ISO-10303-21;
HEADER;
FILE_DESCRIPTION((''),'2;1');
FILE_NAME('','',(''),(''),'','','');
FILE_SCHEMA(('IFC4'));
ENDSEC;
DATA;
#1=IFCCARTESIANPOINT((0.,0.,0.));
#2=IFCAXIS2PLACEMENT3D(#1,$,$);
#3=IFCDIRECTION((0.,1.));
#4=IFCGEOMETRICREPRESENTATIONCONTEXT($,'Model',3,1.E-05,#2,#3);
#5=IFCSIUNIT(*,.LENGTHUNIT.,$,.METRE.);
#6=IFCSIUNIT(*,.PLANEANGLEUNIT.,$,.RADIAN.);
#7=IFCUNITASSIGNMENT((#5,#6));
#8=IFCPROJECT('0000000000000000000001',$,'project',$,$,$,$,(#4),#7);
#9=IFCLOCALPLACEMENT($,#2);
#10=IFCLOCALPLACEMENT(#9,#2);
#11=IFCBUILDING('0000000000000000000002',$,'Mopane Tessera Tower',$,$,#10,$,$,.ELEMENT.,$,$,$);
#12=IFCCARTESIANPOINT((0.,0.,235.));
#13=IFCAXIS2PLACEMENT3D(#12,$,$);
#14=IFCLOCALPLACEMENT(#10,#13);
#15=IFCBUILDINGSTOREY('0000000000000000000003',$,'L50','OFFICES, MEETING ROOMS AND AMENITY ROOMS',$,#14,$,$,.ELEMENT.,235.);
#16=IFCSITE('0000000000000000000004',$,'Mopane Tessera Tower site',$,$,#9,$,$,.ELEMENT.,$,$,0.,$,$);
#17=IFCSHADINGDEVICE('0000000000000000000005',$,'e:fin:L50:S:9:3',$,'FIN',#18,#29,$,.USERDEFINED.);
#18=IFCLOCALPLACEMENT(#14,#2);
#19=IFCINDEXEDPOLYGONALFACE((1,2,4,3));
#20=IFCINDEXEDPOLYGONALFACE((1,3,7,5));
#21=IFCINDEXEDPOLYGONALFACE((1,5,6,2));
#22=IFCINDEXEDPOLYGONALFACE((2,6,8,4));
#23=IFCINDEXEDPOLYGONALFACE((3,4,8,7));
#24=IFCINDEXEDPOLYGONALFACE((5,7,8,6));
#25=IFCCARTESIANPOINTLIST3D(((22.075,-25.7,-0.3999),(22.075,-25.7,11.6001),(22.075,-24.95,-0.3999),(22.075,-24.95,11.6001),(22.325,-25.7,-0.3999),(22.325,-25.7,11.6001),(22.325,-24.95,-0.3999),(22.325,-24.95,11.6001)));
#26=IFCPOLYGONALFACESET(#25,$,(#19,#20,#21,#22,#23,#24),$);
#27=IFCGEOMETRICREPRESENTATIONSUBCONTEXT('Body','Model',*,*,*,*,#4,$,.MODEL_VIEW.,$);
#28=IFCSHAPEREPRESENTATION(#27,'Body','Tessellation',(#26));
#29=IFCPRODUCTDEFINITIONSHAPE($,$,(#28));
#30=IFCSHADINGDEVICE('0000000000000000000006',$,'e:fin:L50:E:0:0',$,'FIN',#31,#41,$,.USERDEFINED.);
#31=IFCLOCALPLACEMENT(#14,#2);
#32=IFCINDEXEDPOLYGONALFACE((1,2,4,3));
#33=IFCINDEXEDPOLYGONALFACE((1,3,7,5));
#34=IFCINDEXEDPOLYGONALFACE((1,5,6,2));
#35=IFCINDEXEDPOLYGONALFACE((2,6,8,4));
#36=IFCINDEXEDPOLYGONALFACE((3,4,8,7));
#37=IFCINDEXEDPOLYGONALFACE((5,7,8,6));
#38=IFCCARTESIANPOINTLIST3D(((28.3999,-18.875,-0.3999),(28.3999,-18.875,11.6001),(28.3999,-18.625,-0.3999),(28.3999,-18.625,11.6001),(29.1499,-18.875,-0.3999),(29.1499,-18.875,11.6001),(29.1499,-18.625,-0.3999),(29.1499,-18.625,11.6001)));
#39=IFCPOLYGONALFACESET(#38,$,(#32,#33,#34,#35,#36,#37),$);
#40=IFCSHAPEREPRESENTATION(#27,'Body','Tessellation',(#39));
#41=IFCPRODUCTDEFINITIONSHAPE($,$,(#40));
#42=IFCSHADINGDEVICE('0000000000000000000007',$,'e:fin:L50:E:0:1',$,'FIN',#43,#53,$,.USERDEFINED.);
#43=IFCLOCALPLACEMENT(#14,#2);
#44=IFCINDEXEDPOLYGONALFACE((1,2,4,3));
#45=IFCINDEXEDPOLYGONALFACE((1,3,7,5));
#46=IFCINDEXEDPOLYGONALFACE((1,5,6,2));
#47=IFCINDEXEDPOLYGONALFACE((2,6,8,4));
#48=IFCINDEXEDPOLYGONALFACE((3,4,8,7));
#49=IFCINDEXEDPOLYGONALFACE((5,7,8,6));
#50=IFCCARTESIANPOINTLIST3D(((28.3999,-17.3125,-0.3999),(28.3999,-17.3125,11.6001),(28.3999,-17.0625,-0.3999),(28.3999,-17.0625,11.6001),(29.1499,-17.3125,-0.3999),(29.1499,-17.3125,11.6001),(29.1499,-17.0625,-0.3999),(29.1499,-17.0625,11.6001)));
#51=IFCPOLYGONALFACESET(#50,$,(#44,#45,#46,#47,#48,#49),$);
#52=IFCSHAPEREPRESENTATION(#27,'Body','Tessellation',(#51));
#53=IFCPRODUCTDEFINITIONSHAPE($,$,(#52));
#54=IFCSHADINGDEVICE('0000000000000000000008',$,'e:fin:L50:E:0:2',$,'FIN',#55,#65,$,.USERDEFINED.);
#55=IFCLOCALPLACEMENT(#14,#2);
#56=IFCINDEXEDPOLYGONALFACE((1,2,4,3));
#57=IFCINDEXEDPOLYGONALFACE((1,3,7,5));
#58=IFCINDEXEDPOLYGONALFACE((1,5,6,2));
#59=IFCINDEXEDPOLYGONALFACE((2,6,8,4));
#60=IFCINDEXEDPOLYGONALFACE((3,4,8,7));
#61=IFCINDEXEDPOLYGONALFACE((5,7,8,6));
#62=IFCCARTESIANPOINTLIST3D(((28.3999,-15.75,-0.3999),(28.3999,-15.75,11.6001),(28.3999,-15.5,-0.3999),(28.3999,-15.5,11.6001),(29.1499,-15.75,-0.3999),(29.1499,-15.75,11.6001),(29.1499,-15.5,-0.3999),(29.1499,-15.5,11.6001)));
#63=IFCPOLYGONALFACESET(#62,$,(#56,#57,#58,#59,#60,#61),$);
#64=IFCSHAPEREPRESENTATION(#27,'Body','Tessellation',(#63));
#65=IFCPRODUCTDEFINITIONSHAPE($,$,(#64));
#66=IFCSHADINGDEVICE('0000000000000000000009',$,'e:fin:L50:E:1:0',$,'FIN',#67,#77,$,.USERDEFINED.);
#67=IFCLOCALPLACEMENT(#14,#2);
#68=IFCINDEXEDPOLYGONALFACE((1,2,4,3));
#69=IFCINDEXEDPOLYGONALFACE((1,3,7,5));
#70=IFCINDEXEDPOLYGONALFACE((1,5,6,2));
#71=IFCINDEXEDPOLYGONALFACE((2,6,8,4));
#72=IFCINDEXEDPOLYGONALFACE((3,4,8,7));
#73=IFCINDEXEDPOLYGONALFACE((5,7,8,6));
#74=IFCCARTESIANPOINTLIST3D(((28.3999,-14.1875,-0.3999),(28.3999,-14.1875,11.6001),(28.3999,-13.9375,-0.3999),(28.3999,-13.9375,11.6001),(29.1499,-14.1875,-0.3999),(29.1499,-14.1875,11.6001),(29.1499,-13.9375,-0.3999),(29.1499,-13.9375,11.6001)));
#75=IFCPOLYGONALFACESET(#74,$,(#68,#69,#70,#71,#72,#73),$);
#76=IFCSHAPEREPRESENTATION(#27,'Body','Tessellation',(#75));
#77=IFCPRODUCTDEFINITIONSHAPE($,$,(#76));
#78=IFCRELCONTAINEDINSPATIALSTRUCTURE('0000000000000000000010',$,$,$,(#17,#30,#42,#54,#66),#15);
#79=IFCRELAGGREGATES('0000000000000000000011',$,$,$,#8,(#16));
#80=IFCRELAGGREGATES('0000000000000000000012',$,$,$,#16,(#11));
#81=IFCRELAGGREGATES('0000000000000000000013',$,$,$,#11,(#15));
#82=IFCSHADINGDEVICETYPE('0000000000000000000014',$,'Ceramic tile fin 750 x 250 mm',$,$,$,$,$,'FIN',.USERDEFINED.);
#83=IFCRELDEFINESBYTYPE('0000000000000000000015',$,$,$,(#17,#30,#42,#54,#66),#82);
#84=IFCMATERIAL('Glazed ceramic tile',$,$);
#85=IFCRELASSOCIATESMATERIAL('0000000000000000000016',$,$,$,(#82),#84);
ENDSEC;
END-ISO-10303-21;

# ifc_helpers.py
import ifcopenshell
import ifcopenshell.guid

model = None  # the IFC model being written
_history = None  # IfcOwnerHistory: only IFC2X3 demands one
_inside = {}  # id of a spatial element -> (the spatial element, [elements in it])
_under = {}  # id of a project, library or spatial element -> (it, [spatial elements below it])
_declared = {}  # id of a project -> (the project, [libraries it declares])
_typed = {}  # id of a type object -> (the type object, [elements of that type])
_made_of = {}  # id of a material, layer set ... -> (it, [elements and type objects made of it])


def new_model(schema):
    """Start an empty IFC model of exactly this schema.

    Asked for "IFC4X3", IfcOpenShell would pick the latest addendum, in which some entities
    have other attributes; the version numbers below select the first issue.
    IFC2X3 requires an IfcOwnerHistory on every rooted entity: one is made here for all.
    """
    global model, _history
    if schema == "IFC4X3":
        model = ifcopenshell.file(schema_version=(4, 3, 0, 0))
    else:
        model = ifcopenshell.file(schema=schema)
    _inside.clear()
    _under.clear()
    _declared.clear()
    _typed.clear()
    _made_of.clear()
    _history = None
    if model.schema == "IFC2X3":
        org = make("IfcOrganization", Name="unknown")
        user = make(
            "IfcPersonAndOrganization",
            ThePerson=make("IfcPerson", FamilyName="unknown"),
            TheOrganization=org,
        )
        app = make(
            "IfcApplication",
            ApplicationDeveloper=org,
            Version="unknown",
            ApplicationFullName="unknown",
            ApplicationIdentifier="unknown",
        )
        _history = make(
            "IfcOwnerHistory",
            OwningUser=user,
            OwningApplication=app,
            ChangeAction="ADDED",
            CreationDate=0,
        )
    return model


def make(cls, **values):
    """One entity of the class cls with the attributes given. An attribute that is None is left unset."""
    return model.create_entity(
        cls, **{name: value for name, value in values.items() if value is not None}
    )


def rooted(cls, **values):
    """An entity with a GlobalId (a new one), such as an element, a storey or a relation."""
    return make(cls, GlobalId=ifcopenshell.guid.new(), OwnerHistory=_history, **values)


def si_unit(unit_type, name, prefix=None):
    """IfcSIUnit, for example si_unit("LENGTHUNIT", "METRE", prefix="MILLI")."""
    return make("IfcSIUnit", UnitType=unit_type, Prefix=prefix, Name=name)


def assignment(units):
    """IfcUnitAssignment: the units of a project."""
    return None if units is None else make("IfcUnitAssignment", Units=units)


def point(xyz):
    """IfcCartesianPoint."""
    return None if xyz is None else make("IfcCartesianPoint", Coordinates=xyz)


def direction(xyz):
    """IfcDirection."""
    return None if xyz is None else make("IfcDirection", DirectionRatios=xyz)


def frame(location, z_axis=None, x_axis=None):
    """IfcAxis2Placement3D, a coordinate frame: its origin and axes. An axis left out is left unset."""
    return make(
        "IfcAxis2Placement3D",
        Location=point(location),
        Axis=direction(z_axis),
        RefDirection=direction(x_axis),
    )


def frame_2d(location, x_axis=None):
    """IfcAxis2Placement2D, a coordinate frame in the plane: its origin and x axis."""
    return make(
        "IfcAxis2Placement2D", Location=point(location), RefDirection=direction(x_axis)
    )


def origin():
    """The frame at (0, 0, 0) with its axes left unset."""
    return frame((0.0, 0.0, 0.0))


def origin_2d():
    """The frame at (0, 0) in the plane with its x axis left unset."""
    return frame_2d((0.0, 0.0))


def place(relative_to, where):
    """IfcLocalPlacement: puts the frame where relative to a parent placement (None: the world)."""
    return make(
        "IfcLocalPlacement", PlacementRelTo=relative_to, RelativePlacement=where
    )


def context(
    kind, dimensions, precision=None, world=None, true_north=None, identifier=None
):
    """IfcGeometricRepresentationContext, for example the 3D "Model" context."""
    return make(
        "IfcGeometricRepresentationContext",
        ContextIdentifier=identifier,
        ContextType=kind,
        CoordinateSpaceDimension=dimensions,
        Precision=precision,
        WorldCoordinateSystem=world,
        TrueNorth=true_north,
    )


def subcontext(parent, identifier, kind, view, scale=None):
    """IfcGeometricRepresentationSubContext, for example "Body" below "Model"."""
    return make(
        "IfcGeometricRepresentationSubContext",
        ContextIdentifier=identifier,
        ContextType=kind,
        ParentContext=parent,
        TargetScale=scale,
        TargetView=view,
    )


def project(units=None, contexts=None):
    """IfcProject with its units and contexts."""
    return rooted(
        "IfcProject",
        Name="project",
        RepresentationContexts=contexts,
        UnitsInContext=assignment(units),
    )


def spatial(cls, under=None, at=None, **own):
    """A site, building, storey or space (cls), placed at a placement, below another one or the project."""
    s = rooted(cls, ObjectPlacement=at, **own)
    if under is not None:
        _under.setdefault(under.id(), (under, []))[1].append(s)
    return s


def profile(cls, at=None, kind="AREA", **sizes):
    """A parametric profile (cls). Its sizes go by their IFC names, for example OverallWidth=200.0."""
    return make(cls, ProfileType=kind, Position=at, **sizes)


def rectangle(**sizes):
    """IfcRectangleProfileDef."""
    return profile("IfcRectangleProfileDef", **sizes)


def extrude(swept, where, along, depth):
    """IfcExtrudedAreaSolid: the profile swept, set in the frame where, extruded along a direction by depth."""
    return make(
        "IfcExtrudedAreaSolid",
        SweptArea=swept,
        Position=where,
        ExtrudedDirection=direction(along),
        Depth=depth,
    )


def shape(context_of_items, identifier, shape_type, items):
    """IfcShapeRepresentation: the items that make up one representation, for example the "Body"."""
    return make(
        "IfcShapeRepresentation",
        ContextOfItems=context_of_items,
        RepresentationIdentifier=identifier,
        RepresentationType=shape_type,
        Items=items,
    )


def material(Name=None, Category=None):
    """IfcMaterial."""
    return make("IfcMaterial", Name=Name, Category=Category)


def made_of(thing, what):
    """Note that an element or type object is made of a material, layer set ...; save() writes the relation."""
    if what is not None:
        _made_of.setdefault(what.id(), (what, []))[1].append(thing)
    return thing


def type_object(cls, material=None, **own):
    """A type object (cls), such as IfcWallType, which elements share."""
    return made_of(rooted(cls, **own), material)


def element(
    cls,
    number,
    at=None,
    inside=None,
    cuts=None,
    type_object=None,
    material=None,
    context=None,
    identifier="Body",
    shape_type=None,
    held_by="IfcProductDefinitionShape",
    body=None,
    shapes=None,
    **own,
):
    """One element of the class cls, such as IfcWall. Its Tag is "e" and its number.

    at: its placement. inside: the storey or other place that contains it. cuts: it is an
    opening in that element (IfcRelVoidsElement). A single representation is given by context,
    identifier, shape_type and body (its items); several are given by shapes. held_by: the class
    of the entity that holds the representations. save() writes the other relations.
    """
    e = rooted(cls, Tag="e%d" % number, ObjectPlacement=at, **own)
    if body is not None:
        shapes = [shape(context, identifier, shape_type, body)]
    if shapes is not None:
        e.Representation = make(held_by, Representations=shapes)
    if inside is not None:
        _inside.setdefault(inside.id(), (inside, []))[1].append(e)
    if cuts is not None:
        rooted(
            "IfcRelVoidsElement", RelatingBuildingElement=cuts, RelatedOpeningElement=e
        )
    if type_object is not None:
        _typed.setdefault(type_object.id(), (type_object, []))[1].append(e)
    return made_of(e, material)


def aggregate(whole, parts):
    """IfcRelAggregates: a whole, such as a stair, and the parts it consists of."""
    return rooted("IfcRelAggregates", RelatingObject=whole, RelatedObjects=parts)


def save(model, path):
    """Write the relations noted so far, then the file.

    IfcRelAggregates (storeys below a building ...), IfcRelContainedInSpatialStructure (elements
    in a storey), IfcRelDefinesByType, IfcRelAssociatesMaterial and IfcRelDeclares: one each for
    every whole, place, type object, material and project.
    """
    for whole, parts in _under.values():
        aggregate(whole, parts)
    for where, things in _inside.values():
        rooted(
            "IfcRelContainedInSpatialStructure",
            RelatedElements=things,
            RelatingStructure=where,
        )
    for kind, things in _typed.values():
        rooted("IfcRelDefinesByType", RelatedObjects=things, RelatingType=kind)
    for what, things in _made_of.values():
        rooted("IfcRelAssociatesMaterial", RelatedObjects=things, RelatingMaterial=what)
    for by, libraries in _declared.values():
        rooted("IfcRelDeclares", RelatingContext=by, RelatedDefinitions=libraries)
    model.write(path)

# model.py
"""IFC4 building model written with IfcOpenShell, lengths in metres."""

from ifc_helpers import new_model, si_unit, direction, frame, origin, origin_2d, place, context, subcontext, project, spatial, rectangle, extrude, material, type_object, element, save


model = new_model("IFC4")

# Units and contexts
model_context = context("Model", 3, precision=1e-05, world=origin(), true_north=direction((0.0, 1.0)))
body_context = subcontext(model_context, "Body", "Model", "MODEL_VIEW")
ifc_project = project(units=[si_unit("LENGTHUNIT", "METRE"), si_unit("PLANEANGLEUNIT", "RADIAN")], contexts=[model_context])

# Site, building, storey
site_placement = place(None, origin())
site = spatial("IfcSite", under=ifc_project, at=site_placement, Name="Mopane Tessera Tower site", CompositionType="ELEMENT", RefElevation=0.0)
building_placement = place(site_placement, origin())
building = spatial("IfcBuilding", under=site, at=building_placement, Name="Mopane Tessera Tower", CompositionType="ELEMENT")
storey_placement = place(building_placement, frame((0.0, 0.0, 235.0)))
storey = spatial("IfcBuildingStorey", under=building, at=storey_placement, Name="L50", Description="OFFICES, MEETING ROOMS AND AMENITY ROOMS", CompositionType="ELEMENT", Elevation=235.0)

# Shading devices
ifc_material_1 = material(Name="Glazed ceramic tile")
shading_device_type = type_object("IfcShadingDeviceType", Name="Ceramic tile fin 750 x 250 mm", ElementType="FIN", PredefinedType="USERDEFINED", material=ifc_material_1)
for number, where, z_axis, x_axis, name in (
    (1, (22.2, -25.325, -0.3999), (0.0, 0.0, 1.0), (1.0, 0.0, 0.0), "e:fin:L50:S:9:3"),
    (2, (28.7749, -18.75, -0.3999), (0.0, 0.0, 1.0), (0.0, 1.0, 0.0), "e:fin:L50:E:0:0"),
    (3, (28.7749, -17.1875, -0.3999), (0.0, 0.0, 1.0), (0.0, 1.0, 0.0), "e:fin:L50:E:0:1"),
    (4, (28.7749, -15.625, -0.3999), (0.0, 0.0, 1.0), (0.0, 1.0, 0.0), "e:fin:L50:E:0:2"),
    (5, (28.7749, -14.0625, -0.3999), (0.0, 0.0, 1.0), (0.0, 1.0, 0.0), "e:fin:L50:E:1:0"),
):
    element("IfcShadingDevice", number, at=place(storey_placement, frame(where, z_axis=z_axis, x_axis=x_axis)), inside=storey, type_object=shading_device_type, Name=name, ObjectType="FIN", PredefinedType="USERDEFINED", context=body_context, shape_type="SweptSolid", body=[
        extrude(rectangle(XDim=0.25, YDim=0.75, at=origin_2d()), origin(), (0.0, 0.0, 1.0), 12.0),
    ])

save(model, "model.ifc")
